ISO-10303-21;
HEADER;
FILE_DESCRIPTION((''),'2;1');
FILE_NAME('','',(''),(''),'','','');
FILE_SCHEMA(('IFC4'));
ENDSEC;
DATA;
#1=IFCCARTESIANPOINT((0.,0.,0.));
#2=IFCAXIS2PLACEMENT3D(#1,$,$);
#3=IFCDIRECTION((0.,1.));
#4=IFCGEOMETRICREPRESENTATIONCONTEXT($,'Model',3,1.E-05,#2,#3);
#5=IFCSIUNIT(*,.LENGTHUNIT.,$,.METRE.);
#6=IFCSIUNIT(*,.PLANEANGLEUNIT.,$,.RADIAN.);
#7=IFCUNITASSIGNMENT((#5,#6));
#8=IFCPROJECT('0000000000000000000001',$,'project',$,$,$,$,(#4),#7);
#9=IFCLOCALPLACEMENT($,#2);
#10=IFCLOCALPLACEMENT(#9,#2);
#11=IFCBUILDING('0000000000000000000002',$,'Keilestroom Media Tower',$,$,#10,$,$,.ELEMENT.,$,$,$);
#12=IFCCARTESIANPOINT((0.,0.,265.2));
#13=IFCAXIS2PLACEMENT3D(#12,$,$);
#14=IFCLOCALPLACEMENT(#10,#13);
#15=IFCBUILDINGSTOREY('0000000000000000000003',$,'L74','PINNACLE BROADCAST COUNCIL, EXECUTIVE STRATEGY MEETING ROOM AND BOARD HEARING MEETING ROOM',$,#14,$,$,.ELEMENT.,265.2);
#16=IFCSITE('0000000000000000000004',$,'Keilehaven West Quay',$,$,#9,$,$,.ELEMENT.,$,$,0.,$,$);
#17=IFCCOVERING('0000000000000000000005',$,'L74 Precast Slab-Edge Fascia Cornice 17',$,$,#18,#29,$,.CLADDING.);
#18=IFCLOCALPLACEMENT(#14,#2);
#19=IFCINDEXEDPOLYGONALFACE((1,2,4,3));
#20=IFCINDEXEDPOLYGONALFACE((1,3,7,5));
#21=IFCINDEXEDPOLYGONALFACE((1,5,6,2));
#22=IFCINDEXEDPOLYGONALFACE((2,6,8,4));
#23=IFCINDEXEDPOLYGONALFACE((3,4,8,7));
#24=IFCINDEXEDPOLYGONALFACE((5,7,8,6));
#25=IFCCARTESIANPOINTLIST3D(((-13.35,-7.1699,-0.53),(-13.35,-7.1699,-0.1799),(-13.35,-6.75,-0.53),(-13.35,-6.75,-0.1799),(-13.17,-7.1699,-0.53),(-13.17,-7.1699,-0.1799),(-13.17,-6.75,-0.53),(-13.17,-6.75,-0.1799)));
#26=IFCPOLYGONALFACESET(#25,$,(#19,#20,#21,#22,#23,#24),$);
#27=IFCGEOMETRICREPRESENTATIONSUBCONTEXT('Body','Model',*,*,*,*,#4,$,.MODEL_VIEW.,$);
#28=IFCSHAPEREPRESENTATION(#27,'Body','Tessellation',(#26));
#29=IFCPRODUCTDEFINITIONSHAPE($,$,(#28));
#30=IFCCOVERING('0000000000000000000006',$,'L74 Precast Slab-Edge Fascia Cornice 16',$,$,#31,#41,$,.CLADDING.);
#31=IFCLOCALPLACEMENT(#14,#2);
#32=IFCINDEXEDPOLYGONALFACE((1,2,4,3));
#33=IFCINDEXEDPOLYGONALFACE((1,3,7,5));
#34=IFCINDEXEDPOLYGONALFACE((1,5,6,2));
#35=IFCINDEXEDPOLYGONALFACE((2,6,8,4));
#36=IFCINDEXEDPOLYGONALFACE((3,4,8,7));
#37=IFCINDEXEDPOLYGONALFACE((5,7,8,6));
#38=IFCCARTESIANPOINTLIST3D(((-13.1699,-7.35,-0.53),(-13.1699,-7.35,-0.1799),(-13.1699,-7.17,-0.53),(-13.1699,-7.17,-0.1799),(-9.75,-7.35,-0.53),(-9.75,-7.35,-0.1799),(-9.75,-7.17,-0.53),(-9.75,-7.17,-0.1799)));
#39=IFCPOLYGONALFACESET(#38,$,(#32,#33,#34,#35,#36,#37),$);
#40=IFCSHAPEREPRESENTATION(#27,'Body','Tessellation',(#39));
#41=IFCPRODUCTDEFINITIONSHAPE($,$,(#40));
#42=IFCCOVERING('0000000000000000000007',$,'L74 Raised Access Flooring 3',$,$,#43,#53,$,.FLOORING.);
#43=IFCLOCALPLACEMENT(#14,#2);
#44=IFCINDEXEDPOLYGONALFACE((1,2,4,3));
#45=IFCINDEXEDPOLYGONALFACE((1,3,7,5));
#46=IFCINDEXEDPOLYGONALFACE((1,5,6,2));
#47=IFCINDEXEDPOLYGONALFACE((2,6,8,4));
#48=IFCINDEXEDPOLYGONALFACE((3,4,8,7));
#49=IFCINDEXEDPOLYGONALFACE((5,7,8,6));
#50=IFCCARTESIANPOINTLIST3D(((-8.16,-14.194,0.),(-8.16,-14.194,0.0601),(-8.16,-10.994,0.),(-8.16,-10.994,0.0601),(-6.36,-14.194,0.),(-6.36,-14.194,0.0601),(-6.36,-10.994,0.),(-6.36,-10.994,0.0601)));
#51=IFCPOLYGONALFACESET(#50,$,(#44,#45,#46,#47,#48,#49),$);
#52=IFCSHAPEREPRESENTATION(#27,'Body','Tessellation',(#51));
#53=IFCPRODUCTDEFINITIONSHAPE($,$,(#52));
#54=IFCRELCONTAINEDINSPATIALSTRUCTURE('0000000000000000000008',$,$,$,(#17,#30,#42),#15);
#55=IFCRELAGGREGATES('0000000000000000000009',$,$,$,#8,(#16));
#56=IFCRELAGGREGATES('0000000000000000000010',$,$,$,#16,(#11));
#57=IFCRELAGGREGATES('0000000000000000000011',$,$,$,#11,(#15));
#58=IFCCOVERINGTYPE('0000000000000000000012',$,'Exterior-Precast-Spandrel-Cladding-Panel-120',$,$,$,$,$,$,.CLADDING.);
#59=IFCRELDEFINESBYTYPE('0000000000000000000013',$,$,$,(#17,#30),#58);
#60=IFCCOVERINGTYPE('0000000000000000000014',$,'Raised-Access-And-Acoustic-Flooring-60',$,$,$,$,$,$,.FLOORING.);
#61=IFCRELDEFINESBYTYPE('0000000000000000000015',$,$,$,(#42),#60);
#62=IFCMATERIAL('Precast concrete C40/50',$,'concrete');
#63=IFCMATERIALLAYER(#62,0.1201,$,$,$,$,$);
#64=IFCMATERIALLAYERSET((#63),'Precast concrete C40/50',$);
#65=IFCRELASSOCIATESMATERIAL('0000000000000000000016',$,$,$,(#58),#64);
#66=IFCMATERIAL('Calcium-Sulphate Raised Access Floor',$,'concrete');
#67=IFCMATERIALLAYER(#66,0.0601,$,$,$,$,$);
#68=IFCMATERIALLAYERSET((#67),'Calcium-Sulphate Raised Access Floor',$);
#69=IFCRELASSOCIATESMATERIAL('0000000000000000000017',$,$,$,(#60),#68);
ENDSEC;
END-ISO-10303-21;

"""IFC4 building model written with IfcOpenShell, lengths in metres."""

from ifc_helpers import new_model, si_unit, direction, frame, origin, origin_2d, place, context, subcontext, project, spatial, rectangle, extrude, source, transform, mapped, material, layer, layer_set, type_object, element, save


model = new_model("IFC4")

# Units and contexts
model_context = context("Model", 3, precision=1e-05, world=origin(), true_north=direction((0.0, 1.0)))
body_context = subcontext(model_context, "Body", "Model", "MODEL_VIEW")
ifc_project = project(units=[si_unit("LENGTHUNIT", "METRE"), si_unit("PLANEANGLEUNIT", "RADIAN")], contexts=[model_context])

# Site, building, storey
site_placement = place(None, origin())
site = spatial("IfcSite", under=ifc_project, at=site_placement, Name="Keilehaven West Quay", CompositionType="ELEMENT", RefElevation=0.0)
building_placement = place(site_placement, origin())
building = spatial("IfcBuilding", under=site, at=building_placement, Name="Keilestroom Media Tower", CompositionType="ELEMENT")
storey_placement = place(building_placement, frame((0.0, 0.0, 265.2)))
storey = spatial("IfcBuildingStorey", under=building, at=storey_placement, Name="L74", Description="PINNACLE BROADCAST COUNCIL, EXECUTIVE STRATEGY MEETING ROOM AND BOARD HEARING MEETING ROOM", CompositionType="ELEMENT", Elevation=265.2)

# Shared definitions
ifc_material_1 = material(Name="Precast concrete C40/50", Category="concrete")

# Coverings
ifc_layer_1 = layer(ifc_material_1, 0.1201)
ifc_layer_set_1 = layer_set([ifc_layer_1], Name="Precast concrete C40/50")
covering_type_1 = type_object("IfcCoveringType", Name="Exterior-Precast-Spandrel-Cladding-Panel-120", PredefinedType="CLADDING", material=ifc_layer_set_1)
shared_shape_1 = source(origin(), body_context, "Body", "SweptSolid", [
    extrude(rectangle(XDim=0.4199, YDim=0.1799, at=origin_2d()), origin(), (0.0, 0.0, 1.0), 0.3501),
])
covering_1_placement = place(storey_placement, frame((-13.26, -6.96, -0.53), z_axis=(0.0, 0.0, 1.0), x_axis=(0.0, 1.0, 0.0)))
element("IfcCovering", 1, at=covering_1_placement, inside=storey, type_object=covering_type_1, Name="L74 Precast Slab-Edge Fascia Cornice 17", PredefinedType="CLADDING", context=body_context, shape_type="MappedRepresentation", body=[
    mapped(shared_shape_1, transform((0.0, 0.0, 0.0), x_axis=(1.0, 0.0, 0.0), y_axis=(0.0, 1.0, 0.0), z_axis=(0.0, 0.0, 1.0), scale=1.0)),
])
shared_shape_2 = source(origin(), body_context, "Body", "SweptSolid", [
    extrude(rectangle(XDim=3.4199, YDim=0.1799, at=origin_2d()), origin(), (0.0, 0.0, 1.0), 0.3501),
])
covering_2_placement = place(storey_placement, frame((-11.46, -7.26, -0.53), z_axis=(0.0, 0.0, 1.0), x_axis=(-1.0, 0.0, 0.0)))
element("IfcCovering", 2, at=covering_2_placement, inside=storey, type_object=covering_type_1, Name="L74 Precast Slab-Edge Fascia Cornice 16", PredefinedType="CLADDING", context=body_context, shape_type="MappedRepresentation", body=[
    mapped(shared_shape_2, transform((0.0, 0.0, 0.0), x_axis=(1.0, 0.0, 0.0), y_axis=(0.0, 1.0, 0.0), z_axis=(0.0, 0.0, 1.0), scale=1.0)),
])
ifc_material_2 = material(Name="Calcium-Sulphate Raised Access Floor", Category="concrete")
ifc_layer_2 = layer(ifc_material_2, 0.0601)
ifc_layer_set_2 = layer_set([ifc_layer_2], Name="Calcium-Sulphate Raised Access Floor")
covering_type_2 = type_object("IfcCoveringType", Name="Raised-Access-And-Acoustic-Flooring-60", PredefinedType="FLOORING", material=ifc_layer_set_2)
shared_shape_3 = source(origin(), body_context, "Body", "SweptSolid", [
    extrude(rectangle(XDim=1.8, YDim=3.2, at=origin_2d()), origin(), (0.0, 0.0, 1.0), 0.0601),
])
covering_3_placement = place(storey_placement, frame((-7.26, -12.594, 0.0), z_axis=(0.0, 0.0, 1.0), x_axis=(1.0, 0.0, 0.0)))
element("IfcCovering", 3, at=covering_3_placement, inside=storey, type_object=covering_type_2, Name="L74 Raised Access Flooring 3", PredefinedType="FLOORING", context=body_context, shape_type="MappedRepresentation", body=[
    mapped(shared_shape_3, transform((0.0, 0.0, 0.0), x_axis=(1.0, 0.0, 0.0), y_axis=(0.0, 1.0, 0.0), z_axis=(0.0, 0.0, 1.0), scale=1.0)),
])

save(model, "model.ifc")
